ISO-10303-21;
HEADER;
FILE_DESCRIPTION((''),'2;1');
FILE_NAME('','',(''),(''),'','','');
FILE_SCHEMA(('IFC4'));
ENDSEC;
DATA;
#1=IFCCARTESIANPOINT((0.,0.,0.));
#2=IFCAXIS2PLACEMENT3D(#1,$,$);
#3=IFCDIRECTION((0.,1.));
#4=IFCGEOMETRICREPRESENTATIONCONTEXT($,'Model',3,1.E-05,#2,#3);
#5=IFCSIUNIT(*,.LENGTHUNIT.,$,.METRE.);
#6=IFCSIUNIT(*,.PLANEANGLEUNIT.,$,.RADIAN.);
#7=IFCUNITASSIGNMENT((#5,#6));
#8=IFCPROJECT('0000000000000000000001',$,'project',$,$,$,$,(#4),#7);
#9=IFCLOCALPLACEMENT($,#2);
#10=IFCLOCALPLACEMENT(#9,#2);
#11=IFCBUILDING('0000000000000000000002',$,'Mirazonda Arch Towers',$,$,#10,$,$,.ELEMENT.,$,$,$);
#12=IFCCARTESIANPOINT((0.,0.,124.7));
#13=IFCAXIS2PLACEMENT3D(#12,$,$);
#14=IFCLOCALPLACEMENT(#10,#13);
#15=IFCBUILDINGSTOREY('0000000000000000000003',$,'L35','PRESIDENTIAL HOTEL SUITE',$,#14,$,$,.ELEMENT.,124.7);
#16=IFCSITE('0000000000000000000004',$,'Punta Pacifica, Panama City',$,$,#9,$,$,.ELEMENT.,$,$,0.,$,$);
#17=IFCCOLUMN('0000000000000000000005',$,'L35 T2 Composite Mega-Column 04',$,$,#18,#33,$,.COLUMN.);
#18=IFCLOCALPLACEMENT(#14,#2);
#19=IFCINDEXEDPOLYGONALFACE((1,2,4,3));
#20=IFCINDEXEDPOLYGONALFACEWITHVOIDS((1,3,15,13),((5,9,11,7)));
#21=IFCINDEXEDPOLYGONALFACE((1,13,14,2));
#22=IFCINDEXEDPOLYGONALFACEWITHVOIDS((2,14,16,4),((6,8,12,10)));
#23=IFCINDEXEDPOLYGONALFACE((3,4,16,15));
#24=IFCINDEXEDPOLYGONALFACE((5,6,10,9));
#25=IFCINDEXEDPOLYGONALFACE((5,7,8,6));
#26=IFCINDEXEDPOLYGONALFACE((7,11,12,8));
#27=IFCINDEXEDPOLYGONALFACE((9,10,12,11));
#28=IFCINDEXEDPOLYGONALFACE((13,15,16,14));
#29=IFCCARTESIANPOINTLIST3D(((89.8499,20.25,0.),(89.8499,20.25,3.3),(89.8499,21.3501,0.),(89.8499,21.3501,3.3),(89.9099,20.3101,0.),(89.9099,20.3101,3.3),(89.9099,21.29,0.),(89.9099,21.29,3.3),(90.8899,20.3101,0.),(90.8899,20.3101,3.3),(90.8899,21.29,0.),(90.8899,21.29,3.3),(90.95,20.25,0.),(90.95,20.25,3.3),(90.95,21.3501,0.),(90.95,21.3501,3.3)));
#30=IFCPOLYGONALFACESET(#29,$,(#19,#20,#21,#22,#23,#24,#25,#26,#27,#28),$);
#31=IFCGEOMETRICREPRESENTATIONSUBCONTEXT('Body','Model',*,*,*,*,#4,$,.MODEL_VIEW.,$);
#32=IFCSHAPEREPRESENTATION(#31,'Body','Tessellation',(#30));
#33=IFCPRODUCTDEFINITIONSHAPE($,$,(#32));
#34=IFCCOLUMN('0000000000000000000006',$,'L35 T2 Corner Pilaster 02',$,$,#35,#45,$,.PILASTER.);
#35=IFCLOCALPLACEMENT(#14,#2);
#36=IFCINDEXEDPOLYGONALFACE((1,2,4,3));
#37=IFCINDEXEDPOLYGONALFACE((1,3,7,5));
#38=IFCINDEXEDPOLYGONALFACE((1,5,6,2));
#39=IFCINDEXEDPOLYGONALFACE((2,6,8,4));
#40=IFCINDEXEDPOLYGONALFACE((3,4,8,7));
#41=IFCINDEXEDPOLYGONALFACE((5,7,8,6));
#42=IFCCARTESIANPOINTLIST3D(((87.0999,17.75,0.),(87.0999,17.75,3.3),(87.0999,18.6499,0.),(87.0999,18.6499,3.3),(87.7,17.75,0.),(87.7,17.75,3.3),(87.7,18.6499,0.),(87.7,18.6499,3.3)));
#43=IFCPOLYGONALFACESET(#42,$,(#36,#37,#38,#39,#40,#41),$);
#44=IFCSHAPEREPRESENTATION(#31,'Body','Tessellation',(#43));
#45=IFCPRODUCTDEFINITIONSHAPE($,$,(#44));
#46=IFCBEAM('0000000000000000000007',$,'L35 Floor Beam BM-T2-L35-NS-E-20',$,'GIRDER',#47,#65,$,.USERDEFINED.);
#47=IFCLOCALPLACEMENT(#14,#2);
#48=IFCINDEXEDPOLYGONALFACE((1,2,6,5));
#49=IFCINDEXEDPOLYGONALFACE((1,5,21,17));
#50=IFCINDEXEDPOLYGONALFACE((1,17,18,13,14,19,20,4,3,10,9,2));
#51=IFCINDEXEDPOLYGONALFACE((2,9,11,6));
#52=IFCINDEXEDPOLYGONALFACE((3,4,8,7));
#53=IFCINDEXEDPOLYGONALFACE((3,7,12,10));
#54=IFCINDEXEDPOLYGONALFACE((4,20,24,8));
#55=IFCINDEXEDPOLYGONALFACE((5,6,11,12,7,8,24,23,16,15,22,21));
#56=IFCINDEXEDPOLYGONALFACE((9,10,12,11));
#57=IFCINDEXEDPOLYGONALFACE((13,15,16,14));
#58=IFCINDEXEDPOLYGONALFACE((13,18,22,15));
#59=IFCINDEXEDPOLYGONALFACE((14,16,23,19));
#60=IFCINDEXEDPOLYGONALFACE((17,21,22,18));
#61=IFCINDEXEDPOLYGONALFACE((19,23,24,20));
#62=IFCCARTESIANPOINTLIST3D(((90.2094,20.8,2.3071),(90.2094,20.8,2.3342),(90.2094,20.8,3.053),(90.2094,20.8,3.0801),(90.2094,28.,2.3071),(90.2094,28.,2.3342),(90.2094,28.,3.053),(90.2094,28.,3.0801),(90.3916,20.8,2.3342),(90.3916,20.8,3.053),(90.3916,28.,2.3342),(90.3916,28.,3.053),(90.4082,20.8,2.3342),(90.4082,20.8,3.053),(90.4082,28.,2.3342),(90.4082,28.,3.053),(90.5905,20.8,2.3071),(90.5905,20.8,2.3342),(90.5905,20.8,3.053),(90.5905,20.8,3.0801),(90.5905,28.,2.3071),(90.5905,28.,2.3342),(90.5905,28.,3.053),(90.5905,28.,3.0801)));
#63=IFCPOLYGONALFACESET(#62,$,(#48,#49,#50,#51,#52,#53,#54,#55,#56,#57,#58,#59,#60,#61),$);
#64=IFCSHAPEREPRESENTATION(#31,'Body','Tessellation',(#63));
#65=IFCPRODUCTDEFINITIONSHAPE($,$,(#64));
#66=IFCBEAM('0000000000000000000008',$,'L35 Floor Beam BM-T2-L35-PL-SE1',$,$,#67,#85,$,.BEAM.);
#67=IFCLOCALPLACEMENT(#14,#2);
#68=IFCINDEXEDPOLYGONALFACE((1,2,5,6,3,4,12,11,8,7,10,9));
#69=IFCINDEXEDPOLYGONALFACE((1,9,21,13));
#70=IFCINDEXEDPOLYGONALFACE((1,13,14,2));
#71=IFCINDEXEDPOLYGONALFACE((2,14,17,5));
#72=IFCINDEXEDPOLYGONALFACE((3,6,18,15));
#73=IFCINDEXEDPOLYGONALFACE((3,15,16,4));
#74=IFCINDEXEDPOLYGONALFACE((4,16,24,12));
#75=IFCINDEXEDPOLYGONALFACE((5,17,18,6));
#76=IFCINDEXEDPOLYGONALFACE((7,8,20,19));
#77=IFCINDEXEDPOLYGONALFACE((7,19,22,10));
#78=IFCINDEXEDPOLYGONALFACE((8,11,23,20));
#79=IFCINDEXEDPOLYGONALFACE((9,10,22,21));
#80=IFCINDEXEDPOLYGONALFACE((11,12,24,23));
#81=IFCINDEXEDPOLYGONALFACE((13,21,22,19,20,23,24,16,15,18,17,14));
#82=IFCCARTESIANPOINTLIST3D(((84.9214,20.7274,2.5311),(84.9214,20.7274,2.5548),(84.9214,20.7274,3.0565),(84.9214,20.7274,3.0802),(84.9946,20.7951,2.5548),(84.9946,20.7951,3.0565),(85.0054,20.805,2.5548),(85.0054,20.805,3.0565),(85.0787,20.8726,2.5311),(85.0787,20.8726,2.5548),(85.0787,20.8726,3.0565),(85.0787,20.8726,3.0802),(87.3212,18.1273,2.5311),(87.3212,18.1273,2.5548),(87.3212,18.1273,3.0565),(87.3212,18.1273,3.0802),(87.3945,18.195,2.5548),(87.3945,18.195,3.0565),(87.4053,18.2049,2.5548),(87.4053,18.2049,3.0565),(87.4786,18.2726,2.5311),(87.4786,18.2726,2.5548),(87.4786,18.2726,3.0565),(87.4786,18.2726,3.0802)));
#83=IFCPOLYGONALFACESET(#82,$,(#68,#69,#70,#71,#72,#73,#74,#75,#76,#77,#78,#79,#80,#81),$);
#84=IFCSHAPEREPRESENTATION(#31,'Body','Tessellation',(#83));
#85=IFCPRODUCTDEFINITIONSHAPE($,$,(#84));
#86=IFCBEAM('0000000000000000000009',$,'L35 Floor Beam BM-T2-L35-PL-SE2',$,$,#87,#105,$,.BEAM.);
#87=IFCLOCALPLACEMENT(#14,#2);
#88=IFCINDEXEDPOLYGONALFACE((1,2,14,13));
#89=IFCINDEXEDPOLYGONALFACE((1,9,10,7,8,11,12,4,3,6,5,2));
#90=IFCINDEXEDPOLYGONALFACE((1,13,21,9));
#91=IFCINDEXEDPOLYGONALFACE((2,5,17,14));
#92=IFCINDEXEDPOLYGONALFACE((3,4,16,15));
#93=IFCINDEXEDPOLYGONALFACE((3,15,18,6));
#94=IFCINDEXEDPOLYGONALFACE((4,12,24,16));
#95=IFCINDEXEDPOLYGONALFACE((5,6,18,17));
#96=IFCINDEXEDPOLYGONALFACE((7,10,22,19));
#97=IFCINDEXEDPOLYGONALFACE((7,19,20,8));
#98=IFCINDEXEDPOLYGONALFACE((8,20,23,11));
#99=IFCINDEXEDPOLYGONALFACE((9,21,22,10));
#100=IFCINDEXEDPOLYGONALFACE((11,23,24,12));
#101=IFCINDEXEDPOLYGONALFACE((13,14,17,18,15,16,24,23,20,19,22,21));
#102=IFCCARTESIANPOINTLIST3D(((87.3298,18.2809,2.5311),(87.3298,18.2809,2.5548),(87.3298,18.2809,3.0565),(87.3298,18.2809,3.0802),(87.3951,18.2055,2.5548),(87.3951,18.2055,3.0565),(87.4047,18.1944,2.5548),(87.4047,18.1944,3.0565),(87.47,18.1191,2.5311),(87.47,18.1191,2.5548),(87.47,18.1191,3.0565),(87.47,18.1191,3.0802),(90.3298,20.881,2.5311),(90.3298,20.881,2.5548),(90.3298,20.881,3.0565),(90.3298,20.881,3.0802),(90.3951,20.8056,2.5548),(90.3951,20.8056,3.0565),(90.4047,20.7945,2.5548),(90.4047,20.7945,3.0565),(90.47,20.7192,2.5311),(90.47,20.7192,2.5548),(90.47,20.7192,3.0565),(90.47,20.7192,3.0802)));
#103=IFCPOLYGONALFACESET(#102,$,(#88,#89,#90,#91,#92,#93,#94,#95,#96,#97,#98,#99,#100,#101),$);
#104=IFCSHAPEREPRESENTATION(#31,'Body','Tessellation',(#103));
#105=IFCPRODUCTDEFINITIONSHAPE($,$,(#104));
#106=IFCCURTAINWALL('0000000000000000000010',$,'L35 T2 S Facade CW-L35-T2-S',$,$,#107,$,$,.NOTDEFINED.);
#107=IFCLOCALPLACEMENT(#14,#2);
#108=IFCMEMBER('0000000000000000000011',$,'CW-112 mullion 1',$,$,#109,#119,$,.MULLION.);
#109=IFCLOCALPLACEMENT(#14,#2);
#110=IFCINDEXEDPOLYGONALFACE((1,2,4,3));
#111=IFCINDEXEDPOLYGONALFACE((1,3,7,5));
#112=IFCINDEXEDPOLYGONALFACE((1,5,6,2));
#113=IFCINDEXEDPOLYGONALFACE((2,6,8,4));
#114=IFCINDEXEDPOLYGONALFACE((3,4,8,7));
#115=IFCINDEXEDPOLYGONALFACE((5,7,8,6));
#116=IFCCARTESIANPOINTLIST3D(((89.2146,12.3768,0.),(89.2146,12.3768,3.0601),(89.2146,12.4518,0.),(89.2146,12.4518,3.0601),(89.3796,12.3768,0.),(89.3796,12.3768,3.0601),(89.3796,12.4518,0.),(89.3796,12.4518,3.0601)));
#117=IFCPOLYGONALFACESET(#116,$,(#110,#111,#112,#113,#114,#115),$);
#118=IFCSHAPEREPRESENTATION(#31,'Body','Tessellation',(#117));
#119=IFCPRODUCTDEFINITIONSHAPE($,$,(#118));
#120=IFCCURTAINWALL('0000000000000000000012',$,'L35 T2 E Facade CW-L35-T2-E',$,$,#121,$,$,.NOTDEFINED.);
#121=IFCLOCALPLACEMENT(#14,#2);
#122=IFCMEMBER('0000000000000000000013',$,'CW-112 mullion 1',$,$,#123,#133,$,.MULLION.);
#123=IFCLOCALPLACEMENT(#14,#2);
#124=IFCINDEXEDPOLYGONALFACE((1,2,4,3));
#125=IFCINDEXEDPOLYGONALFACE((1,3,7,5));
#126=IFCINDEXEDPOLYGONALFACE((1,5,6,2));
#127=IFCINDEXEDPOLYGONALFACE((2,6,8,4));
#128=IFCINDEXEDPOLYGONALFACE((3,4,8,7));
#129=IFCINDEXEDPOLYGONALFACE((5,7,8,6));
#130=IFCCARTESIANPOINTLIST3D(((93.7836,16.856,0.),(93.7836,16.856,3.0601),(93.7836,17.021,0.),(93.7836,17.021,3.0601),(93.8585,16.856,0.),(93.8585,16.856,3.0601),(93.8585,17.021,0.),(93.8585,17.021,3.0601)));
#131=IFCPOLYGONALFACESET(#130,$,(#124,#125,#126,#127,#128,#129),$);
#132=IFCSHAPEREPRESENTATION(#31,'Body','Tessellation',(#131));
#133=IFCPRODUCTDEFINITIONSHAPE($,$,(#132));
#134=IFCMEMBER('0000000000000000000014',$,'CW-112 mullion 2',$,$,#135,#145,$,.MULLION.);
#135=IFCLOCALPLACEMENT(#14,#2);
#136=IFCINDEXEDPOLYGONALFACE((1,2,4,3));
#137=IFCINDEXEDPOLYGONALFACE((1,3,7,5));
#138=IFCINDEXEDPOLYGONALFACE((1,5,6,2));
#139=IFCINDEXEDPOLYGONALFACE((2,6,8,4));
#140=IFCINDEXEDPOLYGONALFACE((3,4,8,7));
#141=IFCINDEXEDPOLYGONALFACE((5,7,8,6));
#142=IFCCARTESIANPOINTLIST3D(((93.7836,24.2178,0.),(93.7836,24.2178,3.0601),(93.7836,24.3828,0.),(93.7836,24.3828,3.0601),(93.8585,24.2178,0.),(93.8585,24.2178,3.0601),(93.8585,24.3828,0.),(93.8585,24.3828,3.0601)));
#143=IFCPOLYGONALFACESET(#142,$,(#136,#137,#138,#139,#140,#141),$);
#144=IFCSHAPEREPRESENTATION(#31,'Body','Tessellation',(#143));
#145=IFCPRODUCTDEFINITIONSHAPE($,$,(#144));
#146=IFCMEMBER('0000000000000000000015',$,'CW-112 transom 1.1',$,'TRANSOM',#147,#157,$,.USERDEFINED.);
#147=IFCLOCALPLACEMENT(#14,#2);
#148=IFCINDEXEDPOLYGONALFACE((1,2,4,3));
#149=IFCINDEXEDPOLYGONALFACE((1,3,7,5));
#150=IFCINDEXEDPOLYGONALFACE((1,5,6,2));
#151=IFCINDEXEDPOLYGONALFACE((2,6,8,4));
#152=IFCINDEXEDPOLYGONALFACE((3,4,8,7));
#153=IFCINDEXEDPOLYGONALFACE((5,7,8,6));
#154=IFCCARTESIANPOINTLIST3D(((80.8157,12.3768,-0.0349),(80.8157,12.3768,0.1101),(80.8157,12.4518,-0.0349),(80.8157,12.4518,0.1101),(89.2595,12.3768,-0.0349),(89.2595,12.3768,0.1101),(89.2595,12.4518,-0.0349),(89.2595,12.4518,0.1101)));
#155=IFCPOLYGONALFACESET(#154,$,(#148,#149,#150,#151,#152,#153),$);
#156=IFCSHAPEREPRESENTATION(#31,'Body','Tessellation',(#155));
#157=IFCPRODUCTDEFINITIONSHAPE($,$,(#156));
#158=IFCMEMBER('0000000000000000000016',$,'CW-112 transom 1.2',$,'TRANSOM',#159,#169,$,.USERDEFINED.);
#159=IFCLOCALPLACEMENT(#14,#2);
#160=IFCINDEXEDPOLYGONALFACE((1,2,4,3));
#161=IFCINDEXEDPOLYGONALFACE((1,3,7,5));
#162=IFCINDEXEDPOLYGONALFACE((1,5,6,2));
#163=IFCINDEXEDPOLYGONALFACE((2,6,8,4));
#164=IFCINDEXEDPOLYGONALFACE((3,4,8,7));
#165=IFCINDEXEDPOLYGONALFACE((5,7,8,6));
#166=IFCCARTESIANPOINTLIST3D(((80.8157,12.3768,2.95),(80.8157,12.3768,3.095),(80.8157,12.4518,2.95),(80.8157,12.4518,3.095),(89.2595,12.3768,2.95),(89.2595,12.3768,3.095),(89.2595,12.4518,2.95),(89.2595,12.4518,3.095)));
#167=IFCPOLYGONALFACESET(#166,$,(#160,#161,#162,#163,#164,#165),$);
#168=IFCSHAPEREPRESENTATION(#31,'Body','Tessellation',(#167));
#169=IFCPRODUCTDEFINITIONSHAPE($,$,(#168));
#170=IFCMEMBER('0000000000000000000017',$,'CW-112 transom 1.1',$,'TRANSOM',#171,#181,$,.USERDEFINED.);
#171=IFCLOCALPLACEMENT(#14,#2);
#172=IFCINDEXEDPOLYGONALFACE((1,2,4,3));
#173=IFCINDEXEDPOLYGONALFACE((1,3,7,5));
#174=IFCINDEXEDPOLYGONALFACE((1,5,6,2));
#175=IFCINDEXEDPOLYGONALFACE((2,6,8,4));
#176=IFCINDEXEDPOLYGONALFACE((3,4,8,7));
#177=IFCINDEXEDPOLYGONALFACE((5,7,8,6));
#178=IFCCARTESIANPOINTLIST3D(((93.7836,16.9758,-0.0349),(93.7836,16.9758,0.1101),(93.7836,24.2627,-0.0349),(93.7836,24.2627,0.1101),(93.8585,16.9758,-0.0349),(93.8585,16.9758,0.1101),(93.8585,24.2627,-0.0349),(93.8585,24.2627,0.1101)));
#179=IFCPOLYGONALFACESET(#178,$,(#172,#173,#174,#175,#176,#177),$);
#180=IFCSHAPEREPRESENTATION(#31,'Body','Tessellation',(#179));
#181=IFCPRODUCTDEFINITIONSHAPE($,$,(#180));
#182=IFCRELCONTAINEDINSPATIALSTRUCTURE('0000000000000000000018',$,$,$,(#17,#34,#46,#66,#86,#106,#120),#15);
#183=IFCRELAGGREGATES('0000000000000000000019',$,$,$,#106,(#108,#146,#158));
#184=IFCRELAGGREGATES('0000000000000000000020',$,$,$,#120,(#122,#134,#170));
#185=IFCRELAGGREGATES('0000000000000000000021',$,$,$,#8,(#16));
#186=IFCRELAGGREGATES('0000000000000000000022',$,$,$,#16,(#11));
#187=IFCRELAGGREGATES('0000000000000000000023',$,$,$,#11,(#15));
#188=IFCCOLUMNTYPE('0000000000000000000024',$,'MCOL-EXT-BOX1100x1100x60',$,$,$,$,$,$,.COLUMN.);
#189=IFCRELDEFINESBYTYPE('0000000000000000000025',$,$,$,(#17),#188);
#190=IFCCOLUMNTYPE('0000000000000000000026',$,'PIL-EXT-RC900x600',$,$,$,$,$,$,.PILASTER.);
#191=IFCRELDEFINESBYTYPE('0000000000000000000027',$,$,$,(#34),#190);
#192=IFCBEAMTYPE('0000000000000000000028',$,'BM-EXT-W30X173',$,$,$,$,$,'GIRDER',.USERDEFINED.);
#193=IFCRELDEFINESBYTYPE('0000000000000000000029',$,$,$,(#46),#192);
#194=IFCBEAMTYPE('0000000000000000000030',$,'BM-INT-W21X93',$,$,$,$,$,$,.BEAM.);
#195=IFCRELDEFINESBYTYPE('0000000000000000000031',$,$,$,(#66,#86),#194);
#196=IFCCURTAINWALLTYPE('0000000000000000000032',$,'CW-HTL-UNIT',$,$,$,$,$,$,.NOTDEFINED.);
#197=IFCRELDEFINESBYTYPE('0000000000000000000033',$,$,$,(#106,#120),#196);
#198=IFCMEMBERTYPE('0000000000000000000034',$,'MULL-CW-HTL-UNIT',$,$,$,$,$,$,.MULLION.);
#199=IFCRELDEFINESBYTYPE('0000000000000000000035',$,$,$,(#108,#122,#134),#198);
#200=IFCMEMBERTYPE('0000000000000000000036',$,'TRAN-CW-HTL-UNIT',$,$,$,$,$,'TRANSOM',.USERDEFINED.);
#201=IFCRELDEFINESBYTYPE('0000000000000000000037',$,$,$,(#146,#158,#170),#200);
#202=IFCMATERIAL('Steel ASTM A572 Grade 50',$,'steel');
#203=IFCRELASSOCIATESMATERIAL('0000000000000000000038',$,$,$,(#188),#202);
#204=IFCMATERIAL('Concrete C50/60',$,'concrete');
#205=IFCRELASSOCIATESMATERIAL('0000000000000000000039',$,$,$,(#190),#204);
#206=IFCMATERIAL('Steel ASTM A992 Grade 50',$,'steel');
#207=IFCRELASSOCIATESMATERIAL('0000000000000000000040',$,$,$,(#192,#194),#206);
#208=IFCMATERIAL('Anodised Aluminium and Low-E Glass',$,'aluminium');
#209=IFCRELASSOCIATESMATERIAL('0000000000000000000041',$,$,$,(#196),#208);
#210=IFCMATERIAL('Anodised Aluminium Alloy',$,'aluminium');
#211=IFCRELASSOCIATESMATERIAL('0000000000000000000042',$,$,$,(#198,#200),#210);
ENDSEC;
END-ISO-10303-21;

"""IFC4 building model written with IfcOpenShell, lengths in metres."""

from ifc_helpers import new_model, si_unit, direction, frame, origin, origin_2d, place, context, subcontext, project, spatial, rectangle, hollow_rectangle, i_section, extrude, material, material_profile, profile_set, type_object, element, aggregate, save


model = new_model("IFC4")

# Units and contexts
model_context = context("Model", 3, precision=1e-05, world=origin(), true_north=direction((0.0, 1.0)))
body_context = subcontext(model_context, "Body", "Model", "MODEL_VIEW")
ifc_project = project(units=[si_unit("LENGTHUNIT", "METRE"), si_unit("PLANEANGLEUNIT", "RADIAN")], contexts=[model_context])

# Site, building, storey
site_placement = place(None, origin())
site = spatial("IfcSite", under=ifc_project, at=site_placement, Name="Punta Pacifica, Panama City", CompositionType="ELEMENT", RefElevation=0.0)
building_placement = place(site_placement, origin())
building = spatial("IfcBuilding", under=site, at=building_placement, Name="Mirazonda Arch Towers", CompositionType="ELEMENT")
storey_placement = place(building_placement, frame((0.0, 0.0, 124.7)))
storey = spatial("IfcBuildingStorey", under=building, at=storey_placement, Name="L35", Description="PRESIDENTIAL HOTEL SUITE", CompositionType="ELEMENT", Elevation=124.7)

# Columns
ifc_material_1 = material(Name="Steel ASTM A572 Grade 50", Category="steel")
ifc_material_profile_1 = material_profile(ifc_material_1, hollow_rectangle(XDim=1.1001, YDim=1.1001, WallThickness=0.0601, at=origin_2d()), Name="BOX1100x1100x60")
ifc_profile_set_1 = profile_set([ifc_material_profile_1], Name="Steel ASTM A572 Grade 50")
column_type_1 = type_object("IfcColumnType", Name="MCOL-EXT-BOX1100x1100x60", PredefinedType="COLUMN", material=ifc_profile_set_1)
column_1_placement = place(storey_placement, frame((90.3999, 20.8, 0.0), z_axis=(0.0, 0.0, 1.0), x_axis=(1.0, 0.0, 0.0)))
element("IfcColumn", 1, at=column_1_placement, inside=storey, type_object=column_type_1, Name="L35 T2 Composite Mega-Column 04", PredefinedType="COLUMN", context=body_context, shape_type="SweptSolid", body=[
    extrude(hollow_rectangle(XDim=1.1001, YDim=1.1001, WallThickness=0.0601, at=origin_2d()), origin(), (0.0, 0.0, 1.0), 3.3),
])
ifc_material_2 = material(Name="Concrete C50/60", Category="concrete")
ifc_material_profile_2 = material_profile(ifc_material_2, rectangle(XDim=0.6001, YDim=0.8999, at=origin_2d()), Name="RC900x600")
ifc_profile_set_2 = profile_set([ifc_material_profile_2], Name="Concrete C50/60")
column_type_2 = type_object("IfcColumnType", Name="PIL-EXT-RC900x600", PredefinedType="PILASTER", material=ifc_profile_set_2)
column_2_placement = place(storey_placement, frame((87.3999, 18.2, 0.0), z_axis=(0.0, 0.0, 1.0), x_axis=(1.0, 0.0, 0.0)))
element("IfcColumn", 2, at=column_2_placement, inside=storey, type_object=column_type_2, Name="L35 T2 Corner Pilaster 02", PredefinedType="PILASTER", context=body_context, shape_type="SweptSolid", body=[
    extrude(rectangle(XDim=0.6001, YDim=0.8999, at=origin_2d()), origin(), (0.0, 0.0, 1.0), 3.3),
])

# Beams
ifc_material_3 = material(Name="Steel ASTM A992 Grade 50", Category="steel")
ifc_material_profile_3 = material_profile(ifc_material_3, i_section(OverallWidth=0.3811, OverallDepth=0.7729, WebThickness=0.0166, FlangeThickness=0.0271, at=origin_2d()), Name="W30X173")
ifc_profile_set_3 = profile_set([ifc_material_profile_3], Name="Steel ASTM A992 Grade 50")
beam_type_1 = type_object("IfcBeamType", Name="BM-EXT-W30X173", ElementType="GIRDER", PredefinedType="USERDEFINED", material=ifc_profile_set_3)
beam_1_placement = place(storey_placement, frame((90.3999, 20.8, 2.6936), z_axis=(0.0, 1.0, 0.0), x_axis=(-1.0, 0.0, 0.0)))
element("IfcBeam", 3, at=beam_1_placement, inside=storey, type_object=beam_type_1, Name="L35 Floor Beam BM-T2-L35-NS-E-20", ObjectType="GIRDER", PredefinedType="USERDEFINED", context=body_context, shape_type="SweptSolid", body=[
    extrude(i_section(OverallWidth=0.3811, OverallDepth=0.7729, WebThickness=0.0166, FlangeThickness=0.0271, at=origin_2d()), origin(), (0.0, 0.0, 1.0), 7.2),
])
ifc_material_profile_4 = material_profile(ifc_material_3, i_section(OverallWidth=0.2141, OverallDepth=0.5491, WebThickness=0.0146, FlangeThickness=0.0237, at=origin_2d()), Name="W21X93")
ifc_profile_set_4 = profile_set([ifc_material_profile_4], Name="Steel ASTM A992 Grade 50")
beam_type_2 = type_object("IfcBeamType", Name="BM-INT-W21X93", PredefinedType="BEAM", material=ifc_profile_set_4)
beam_2_placement = place(storey_placement, frame((87.3999, 18.2, 2.8057), z_axis=(-0.678251, 0.73483, 0.0), x_axis=(-0.73483, -0.678251, 0.0)))
element("IfcBeam", 4, at=beam_2_placement, inside=storey, type_object=beam_type_2, Name="L35 Floor Beam BM-T2-L35-PL-SE1", PredefinedType="BEAM", context=body_context, shape_type="SweptSolid", body=[
    extrude(i_section(OverallWidth=0.2141, OverallDepth=0.5491, WebThickness=0.0146, FlangeThickness=0.0237, at=origin_2d()), origin(), (0.0, 0.0, 1.0), 3.5383),
])
beam_3_placement = place(storey_placement, frame((87.3999, 18.2, 2.8057), z_axis=(0.755677, 0.654945, 0.0), x_axis=(-0.654945, 0.755677, 0.0)))
element("IfcBeam", 5, at=beam_3_placement, inside=storey, type_object=beam_type_2, Name="L35 Floor Beam BM-T2-L35-PL-SE2", PredefinedType="BEAM", context=body_context, shape_type="SweptSolid", body=[
    extrude(i_section(OverallWidth=0.2141, OverallDepth=0.5491, WebThickness=0.0146, FlangeThickness=0.0237, at=origin_2d()), origin(), (0.0, 0.0, 1.0), 3.97),
])

# Curtain wall, member
ifc_material_4 = material(Name="Anodised Aluminium and Low-E Glass", Category="aluminium")
curtain_wall_type = type_object("IfcCurtainWallType", Name="CW-HTL-UNIT", PredefinedType="NOTDEFINED", material=ifc_material_4)
curtain_wall_1_placement = place(storey_placement, origin())
curtain_wall_1 = element("IfcCurtainWall", 6, at=curtain_wall_1_placement, inside=storey, type_object=curtain_wall_type, Name="L35 T2 S Facade CW-L35-T2-S", PredefinedType="NOTDEFINED")
ifc_material_5 = material(Name="Anodised Aluminium Alloy", Category="aluminium")
ifc_material_profile_5 = material_profile(ifc_material_5, rectangle(XDim=0.075, YDim=0.165, at=origin_2d()), Name="ALU-MULL-75x165")
ifc_profile_set_5 = profile_set([ifc_material_profile_5], Name="Anodised Aluminium Alloy")
member_type_1 = type_object("IfcMemberType", Name="MULL-CW-HTL-UNIT", PredefinedType="MULLION", material=ifc_profile_set_5)
member_1_placement = place(storey_placement, frame((89.2971, 12.4143, 0.0), z_axis=(0.0, 0.0, 1.0), x_axis=(0.0, -1.0, 0.0)))
member_1 = element("IfcMember", 7, at=member_1_placement, type_object=member_type_1, Name="CW-112 mullion 1", PredefinedType="MULLION", context=body_context, shape_type="SweptSolid", body=[
    extrude(rectangle(XDim=0.075, YDim=0.165, at=origin_2d()), origin(), (0.0, 0.0, 1.0), 3.0601),
])

# Curtain wall, members
curtain_wall_2_placement = place(storey_placement, origin())
curtain_wall_2 = element("IfcCurtainWall", 8, at=curtain_wall_2_placement, inside=storey, type_object=curtain_wall_type, Name="L35 T2 E Facade CW-L35-T2-E", PredefinedType="NOTDEFINED")
member_2_placement = place(storey_placement, frame((93.821, 16.9385, 0.0), z_axis=(0.0, 0.0, 1.0), x_axis=(-1.0, 0.0, 0.0)))
member_2 = element("IfcMember", 9, at=member_2_placement, type_object=member_type_1, Name="CW-112 mullion 1", PredefinedType="MULLION", context=body_context, shape_type="SweptSolid", body=[
    extrude(rectangle(XDim=0.075, YDim=0.165, at=origin_2d()), origin(), (0.0, 0.0, 1.0), 3.0601),
])
member_3_placement = place(storey_placement, frame((93.821, 24.3003, 0.0), z_axis=(0.0, 0.0, 1.0), x_axis=(-1.0, 0.0, 0.0)))
member_3 = element("IfcMember", 10, at=member_3_placement, type_object=member_type_1, Name="CW-112 mullion 2", PredefinedType="MULLION", context=body_context, shape_type="SweptSolid", body=[
    extrude(rectangle(XDim=0.075, YDim=0.165, at=origin_2d()), origin(), (0.0, 0.0, 1.0), 3.0601),
])

# Members
ifc_material_profile_6 = material_profile(ifc_material_5, rectangle(XDim=0.075, YDim=0.145, at=origin_2d()), Name="ALU-TRAN-75x145")
ifc_profile_set_6 = profile_set([ifc_material_profile_6], Name="Anodised Aluminium Alloy")
member_type_2 = type_object("IfcMemberType", Name="TRAN-CW-HTL-UNIT", ElementType="TRANSOM", PredefinedType="USERDEFINED", material=ifc_profile_set_6)
member_4_placement = place(storey_placement, frame((89.2595, 12.4143, 0.0376), z_axis=(-1.0, 0.0, 0.0), x_axis=(0.0, -1.0, 0.0)))
member_4 = element("IfcMember", 11, at=member_4_placement, type_object=member_type_2, Name="CW-112 transom 1.1", ObjectType="TRANSOM", PredefinedType="USERDEFINED", context=body_context, shape_type="SweptSolid", body=[
    extrude(rectangle(XDim=0.075, YDim=0.145, at=origin_2d()), origin(), (0.0, 0.0, 1.0), 8.4438),
])
member_5_placement = place(storey_placement, frame((89.2595, 12.4143, 3.0225), z_axis=(-1.0, 0.0, 0.0), x_axis=(0.0, -1.0, 0.0)))
member_5 = element("IfcMember", 12, at=member_5_placement, type_object=member_type_2, Name="CW-112 transom 1.2", ObjectType="TRANSOM", PredefinedType="USERDEFINED", context=body_context, shape_type="SweptSolid", body=[
    extrude(rectangle(XDim=0.075, YDim=0.145, at=origin_2d()), origin(), (0.0, 0.0, 1.0), 8.4438),
])
aggregate(curtain_wall_1, [member_1, member_4, member_5])
member_6_placement = place(storey_placement, frame((93.821, 16.9758, 0.0376), z_axis=(0.0, 1.0, 0.0), x_axis=(-1.0, 0.0, 0.0)))
member_6 = element("IfcMember", 13, at=member_6_placement, type_object=member_type_2, Name="CW-112 transom 1.1", ObjectType="TRANSOM", PredefinedType="USERDEFINED", context=body_context, shape_type="SweptSolid", body=[
    extrude(rectangle(XDim=0.075, YDim=0.145, at=origin_2d()), origin(), (0.0, 0.0, 1.0), 7.2869),
])

aggregate(curtain_wall_2, [member_2, member_3, member_6])

save(model, "model.ifc")
